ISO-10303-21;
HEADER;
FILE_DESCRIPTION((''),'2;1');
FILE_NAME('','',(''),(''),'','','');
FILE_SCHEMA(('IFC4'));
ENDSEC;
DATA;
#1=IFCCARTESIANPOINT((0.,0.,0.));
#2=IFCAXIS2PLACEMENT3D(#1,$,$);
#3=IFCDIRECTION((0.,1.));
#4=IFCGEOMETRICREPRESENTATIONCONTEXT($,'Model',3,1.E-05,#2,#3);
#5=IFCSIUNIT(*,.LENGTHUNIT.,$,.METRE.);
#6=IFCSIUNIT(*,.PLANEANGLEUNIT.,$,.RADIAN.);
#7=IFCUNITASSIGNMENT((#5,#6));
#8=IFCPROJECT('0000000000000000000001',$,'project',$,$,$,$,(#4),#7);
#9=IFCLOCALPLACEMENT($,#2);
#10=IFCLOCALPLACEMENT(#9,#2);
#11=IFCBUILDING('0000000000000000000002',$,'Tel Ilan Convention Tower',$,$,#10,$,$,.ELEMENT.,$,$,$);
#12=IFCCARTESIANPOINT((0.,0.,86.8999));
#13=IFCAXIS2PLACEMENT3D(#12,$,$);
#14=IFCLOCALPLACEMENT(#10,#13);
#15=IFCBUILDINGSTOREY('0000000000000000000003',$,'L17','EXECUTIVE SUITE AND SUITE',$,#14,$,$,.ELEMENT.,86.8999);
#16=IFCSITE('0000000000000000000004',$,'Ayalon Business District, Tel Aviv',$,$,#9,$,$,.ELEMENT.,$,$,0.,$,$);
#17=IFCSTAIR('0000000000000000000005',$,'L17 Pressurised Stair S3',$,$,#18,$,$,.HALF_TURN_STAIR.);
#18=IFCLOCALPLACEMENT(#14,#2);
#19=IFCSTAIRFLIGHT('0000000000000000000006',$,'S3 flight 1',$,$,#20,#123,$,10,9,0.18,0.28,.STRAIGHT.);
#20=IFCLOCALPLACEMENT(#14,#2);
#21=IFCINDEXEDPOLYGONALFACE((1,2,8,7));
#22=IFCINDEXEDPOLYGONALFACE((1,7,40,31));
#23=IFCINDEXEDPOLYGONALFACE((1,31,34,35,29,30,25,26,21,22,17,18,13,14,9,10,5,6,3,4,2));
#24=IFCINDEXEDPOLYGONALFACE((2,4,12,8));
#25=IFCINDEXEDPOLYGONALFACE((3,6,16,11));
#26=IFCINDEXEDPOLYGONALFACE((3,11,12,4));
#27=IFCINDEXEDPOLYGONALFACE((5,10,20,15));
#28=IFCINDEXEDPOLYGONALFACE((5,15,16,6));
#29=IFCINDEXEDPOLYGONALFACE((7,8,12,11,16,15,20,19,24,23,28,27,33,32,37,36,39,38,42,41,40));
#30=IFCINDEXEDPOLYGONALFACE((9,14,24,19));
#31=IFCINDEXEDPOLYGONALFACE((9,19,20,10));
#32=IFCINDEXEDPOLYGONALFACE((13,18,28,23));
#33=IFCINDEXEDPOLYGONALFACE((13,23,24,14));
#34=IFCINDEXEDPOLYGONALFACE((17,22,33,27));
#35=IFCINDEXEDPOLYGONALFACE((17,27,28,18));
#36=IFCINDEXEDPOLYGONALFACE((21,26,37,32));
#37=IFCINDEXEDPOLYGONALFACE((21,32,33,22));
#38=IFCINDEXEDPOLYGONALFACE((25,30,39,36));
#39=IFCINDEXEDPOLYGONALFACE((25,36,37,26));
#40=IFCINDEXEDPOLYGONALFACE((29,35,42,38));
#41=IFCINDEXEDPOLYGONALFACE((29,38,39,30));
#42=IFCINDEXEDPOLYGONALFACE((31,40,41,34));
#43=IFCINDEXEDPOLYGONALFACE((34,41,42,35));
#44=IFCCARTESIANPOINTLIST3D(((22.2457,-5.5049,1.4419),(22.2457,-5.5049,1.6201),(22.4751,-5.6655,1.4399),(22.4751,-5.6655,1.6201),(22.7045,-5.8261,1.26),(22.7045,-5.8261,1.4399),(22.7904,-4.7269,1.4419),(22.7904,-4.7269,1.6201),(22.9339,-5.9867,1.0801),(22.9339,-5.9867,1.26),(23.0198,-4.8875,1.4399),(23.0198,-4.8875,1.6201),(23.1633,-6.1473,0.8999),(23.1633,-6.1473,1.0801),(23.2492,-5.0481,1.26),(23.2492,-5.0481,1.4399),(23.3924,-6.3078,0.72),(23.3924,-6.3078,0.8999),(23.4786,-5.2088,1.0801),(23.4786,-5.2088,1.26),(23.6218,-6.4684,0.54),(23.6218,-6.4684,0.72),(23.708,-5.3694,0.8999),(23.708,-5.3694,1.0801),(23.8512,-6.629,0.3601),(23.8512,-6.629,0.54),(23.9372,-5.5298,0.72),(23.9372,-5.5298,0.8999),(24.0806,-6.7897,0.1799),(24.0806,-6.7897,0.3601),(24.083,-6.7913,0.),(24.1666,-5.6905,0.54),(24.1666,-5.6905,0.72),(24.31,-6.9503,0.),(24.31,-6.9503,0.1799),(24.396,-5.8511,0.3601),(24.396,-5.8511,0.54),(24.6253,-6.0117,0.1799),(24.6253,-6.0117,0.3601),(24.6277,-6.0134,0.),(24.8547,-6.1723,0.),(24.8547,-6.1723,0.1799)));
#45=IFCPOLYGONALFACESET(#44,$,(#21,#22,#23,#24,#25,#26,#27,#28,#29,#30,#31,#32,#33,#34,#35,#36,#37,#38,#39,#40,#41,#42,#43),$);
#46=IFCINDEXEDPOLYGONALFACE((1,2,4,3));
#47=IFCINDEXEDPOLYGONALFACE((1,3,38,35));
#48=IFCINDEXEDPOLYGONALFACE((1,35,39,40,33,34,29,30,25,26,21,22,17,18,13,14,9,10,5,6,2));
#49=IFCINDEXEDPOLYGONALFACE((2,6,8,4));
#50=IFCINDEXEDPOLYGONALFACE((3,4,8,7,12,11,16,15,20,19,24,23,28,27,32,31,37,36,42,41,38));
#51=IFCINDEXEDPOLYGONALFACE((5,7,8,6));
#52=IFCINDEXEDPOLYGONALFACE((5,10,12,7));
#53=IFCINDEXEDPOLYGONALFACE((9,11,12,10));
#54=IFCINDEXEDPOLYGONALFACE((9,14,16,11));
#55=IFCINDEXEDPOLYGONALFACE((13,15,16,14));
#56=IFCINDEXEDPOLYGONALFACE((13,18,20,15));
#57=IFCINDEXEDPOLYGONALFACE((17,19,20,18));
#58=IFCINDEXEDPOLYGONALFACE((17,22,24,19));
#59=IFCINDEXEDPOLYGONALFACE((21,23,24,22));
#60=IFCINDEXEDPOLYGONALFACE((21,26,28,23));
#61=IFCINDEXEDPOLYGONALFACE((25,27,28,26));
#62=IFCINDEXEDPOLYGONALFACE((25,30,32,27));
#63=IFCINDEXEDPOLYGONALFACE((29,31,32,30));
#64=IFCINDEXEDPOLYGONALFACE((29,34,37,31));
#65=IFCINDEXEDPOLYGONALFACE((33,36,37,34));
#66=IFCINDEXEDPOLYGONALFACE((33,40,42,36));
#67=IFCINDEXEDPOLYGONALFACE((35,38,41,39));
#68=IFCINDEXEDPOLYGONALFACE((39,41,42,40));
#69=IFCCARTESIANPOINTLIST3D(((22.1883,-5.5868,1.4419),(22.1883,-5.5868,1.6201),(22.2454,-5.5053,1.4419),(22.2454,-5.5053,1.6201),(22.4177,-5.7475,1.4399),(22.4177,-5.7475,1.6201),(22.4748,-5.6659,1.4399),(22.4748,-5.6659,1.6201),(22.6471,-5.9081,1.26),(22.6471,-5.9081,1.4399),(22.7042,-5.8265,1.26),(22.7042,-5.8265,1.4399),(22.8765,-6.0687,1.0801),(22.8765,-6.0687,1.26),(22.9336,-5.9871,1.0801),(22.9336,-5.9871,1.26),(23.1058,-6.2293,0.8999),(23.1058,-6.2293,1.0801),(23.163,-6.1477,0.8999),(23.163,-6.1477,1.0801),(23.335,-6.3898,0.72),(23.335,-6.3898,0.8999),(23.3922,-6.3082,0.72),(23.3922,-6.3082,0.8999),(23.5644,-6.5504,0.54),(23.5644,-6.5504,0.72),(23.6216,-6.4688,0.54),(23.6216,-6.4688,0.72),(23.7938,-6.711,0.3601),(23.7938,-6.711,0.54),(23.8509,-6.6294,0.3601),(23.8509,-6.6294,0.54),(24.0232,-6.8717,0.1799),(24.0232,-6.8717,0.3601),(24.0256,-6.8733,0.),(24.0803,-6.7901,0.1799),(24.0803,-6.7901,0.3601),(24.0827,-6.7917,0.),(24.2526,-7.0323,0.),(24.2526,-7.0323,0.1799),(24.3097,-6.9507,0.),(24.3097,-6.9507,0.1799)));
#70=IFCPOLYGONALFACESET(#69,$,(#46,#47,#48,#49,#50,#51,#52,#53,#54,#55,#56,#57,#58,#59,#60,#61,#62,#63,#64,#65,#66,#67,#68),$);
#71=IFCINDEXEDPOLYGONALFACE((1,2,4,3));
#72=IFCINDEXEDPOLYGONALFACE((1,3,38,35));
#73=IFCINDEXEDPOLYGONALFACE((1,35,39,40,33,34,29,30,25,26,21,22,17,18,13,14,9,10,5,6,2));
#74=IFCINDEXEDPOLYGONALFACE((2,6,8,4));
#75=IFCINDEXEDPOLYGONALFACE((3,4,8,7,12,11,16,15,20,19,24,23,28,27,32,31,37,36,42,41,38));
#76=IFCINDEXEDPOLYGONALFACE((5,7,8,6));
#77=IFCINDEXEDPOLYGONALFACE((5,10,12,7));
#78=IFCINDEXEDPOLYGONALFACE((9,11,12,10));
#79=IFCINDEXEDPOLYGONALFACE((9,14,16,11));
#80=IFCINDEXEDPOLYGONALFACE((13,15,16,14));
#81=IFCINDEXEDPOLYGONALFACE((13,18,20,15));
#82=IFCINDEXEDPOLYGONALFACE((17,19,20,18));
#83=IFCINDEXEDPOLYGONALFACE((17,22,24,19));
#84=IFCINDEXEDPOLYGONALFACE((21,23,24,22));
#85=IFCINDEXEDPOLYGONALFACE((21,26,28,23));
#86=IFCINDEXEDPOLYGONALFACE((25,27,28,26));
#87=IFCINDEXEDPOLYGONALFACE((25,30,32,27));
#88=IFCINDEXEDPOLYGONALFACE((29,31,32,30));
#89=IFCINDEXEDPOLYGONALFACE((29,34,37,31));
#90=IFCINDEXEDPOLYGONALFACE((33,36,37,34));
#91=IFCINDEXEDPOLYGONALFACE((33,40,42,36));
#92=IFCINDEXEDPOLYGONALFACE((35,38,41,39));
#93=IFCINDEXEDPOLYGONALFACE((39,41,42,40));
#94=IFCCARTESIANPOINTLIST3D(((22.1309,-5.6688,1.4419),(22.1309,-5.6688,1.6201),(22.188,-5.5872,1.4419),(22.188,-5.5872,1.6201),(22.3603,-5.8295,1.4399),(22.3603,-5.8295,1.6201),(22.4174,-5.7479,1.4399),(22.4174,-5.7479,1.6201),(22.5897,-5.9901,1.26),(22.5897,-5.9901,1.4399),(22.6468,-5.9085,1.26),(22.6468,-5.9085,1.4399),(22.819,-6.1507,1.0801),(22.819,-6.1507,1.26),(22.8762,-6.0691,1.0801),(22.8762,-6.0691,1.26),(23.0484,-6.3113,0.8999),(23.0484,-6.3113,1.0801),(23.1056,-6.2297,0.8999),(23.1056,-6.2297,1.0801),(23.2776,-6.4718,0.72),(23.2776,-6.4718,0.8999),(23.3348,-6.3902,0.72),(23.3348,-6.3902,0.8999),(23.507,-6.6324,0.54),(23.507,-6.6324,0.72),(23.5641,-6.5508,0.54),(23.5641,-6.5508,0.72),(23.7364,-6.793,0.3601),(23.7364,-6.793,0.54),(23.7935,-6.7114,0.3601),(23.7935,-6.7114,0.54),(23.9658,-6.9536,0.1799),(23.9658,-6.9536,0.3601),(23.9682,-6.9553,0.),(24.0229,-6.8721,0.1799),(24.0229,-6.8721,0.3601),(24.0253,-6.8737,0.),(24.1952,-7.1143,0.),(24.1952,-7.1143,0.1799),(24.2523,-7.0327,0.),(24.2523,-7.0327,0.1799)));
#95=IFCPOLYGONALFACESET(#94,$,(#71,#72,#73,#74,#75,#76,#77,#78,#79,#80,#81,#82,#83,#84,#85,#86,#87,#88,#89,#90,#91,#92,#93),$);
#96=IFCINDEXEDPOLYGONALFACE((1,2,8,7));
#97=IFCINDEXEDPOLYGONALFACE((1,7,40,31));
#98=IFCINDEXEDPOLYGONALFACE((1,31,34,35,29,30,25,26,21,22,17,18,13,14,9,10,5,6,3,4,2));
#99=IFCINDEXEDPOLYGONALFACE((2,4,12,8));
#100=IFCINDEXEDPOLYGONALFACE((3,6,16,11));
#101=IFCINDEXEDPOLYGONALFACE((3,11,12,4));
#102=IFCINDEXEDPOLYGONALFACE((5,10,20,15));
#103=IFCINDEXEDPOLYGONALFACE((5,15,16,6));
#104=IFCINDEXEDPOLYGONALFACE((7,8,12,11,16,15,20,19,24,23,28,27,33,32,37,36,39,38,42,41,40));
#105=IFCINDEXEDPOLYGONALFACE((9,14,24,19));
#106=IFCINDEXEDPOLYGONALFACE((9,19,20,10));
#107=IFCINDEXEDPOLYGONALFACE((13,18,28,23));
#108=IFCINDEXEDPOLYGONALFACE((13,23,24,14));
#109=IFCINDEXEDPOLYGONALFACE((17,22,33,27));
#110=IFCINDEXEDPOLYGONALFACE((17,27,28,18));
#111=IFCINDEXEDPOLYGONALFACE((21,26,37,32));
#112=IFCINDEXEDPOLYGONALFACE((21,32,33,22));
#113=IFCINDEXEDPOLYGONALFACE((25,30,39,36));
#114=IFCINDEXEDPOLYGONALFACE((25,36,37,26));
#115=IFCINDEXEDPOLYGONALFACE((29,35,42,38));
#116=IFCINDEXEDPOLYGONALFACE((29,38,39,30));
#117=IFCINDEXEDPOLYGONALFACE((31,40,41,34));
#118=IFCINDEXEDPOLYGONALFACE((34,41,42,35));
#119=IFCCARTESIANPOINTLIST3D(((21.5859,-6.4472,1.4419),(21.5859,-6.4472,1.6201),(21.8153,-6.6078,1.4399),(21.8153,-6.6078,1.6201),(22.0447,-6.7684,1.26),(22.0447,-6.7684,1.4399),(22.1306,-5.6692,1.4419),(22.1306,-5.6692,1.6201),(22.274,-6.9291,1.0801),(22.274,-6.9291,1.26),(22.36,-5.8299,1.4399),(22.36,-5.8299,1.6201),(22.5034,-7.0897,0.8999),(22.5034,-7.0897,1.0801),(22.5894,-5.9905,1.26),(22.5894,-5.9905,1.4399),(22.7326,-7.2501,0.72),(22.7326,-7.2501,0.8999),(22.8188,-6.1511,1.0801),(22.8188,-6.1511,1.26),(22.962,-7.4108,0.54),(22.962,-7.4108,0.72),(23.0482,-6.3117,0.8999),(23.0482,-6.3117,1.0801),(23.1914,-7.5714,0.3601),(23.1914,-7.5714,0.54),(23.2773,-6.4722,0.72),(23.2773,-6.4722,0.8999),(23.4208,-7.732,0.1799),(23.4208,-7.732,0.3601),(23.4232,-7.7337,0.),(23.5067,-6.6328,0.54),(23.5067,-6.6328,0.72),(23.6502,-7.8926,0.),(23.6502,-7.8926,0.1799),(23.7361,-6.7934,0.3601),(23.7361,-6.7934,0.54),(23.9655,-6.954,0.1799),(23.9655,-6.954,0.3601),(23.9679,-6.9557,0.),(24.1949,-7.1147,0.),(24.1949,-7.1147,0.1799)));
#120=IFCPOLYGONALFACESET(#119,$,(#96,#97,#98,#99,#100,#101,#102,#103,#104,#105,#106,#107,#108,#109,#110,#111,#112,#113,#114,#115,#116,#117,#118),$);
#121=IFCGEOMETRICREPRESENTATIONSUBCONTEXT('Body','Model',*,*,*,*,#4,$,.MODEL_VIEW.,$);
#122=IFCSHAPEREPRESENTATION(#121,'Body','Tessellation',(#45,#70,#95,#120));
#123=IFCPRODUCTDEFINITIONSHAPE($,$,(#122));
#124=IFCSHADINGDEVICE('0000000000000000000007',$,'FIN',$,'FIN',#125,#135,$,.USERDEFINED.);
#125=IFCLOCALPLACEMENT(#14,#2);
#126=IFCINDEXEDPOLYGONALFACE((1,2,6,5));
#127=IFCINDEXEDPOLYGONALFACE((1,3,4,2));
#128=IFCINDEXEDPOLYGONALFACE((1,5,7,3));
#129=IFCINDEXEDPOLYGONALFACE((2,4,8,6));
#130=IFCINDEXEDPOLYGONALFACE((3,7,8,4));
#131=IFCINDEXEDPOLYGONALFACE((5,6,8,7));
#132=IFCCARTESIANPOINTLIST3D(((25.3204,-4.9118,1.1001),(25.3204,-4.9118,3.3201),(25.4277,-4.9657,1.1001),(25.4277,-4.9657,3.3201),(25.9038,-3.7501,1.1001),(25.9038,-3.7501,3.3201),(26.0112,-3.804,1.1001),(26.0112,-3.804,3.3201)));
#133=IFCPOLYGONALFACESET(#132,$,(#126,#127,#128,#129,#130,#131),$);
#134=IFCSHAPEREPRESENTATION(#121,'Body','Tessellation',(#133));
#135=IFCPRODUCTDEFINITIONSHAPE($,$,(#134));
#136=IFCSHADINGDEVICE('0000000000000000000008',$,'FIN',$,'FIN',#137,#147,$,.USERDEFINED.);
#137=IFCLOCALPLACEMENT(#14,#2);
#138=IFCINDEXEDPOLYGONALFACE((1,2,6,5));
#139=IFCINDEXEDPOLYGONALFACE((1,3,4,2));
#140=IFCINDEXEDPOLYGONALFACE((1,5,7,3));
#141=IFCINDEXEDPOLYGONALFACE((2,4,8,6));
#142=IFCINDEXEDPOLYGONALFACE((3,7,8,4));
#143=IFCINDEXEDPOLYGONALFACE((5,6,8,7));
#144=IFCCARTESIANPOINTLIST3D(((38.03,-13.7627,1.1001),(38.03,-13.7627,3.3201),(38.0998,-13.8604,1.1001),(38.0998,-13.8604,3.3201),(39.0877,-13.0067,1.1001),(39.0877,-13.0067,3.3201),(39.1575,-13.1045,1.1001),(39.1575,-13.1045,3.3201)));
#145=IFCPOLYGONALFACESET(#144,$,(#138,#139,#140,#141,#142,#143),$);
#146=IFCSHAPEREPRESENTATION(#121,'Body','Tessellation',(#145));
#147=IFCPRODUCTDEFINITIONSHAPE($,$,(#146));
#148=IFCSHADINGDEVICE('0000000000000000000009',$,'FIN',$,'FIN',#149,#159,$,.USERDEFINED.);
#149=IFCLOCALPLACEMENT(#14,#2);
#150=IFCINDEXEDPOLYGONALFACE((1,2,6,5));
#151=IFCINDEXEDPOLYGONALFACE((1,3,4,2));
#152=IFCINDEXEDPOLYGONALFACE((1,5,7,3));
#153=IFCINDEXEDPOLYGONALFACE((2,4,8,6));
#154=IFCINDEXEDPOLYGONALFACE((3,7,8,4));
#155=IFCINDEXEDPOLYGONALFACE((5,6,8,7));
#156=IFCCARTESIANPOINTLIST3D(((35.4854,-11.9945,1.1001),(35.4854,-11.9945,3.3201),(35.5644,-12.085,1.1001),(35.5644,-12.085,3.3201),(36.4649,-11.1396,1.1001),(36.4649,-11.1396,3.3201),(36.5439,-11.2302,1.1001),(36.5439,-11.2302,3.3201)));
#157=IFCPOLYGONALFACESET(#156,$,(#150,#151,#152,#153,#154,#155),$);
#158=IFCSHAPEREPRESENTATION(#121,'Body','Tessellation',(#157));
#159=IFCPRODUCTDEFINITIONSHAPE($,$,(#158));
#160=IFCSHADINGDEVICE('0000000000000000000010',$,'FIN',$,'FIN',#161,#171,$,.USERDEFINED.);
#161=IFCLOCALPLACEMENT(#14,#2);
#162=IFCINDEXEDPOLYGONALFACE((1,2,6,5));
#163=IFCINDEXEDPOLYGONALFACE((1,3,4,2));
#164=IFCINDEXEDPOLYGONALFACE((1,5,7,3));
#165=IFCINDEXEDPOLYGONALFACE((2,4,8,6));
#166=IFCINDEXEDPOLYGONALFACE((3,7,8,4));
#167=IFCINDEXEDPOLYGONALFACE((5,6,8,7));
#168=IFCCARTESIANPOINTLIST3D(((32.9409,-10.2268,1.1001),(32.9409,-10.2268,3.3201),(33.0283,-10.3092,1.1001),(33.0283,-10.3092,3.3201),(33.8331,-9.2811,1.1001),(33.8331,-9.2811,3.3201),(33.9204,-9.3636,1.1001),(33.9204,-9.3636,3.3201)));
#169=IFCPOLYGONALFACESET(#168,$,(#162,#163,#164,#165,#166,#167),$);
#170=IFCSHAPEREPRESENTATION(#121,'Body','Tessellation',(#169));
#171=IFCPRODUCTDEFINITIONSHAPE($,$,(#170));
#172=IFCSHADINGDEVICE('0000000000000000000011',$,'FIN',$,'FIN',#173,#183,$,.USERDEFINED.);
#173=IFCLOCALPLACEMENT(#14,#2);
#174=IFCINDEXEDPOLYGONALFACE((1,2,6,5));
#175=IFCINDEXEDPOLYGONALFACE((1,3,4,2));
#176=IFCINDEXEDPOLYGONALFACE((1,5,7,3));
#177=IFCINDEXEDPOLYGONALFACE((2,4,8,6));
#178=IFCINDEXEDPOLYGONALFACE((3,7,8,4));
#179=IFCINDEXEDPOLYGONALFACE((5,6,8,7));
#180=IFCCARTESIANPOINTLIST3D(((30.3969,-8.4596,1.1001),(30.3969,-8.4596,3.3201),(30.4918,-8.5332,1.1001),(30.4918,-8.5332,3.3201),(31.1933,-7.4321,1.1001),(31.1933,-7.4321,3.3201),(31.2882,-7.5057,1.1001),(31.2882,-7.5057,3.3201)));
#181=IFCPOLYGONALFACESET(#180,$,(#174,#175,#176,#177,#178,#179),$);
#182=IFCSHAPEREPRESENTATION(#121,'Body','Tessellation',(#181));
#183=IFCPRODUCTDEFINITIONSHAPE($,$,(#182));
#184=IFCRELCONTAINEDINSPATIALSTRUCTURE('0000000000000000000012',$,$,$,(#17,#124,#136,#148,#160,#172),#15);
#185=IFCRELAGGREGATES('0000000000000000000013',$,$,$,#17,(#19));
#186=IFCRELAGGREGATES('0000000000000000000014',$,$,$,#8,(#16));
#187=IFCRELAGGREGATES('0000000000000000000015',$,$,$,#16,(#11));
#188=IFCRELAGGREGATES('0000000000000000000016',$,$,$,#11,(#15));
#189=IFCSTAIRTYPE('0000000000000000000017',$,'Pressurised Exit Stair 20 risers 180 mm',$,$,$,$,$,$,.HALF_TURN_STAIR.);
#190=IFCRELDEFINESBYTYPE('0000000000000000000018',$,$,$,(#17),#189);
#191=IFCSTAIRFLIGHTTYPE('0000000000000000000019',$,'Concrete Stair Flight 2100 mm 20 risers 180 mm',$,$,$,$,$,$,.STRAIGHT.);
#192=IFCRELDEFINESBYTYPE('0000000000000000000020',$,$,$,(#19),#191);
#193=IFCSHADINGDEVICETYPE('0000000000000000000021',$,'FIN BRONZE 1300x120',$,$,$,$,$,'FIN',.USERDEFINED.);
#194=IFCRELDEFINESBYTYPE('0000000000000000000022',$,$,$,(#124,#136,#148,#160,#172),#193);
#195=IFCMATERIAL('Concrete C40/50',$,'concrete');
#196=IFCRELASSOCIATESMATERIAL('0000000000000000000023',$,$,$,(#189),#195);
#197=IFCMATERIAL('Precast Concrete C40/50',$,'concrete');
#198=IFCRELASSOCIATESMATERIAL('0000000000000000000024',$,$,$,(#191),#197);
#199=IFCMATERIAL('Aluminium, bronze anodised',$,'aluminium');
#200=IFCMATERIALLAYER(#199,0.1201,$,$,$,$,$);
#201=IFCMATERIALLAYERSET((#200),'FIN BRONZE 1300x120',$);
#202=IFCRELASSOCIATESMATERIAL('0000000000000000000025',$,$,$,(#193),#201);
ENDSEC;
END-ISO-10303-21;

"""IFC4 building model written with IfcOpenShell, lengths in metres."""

from ifc_helpers import new_model, si_unit, direction, frame, origin, origin_2d, place, context, subcontext, project, spatial, polyline, rectangle, outline, extrude, material, layer, layer_set, type_object, element, aggregate, save


model = new_model("IFC4")

# Units and contexts
model_context = context("Model", 3, precision=1e-05, world=origin(), true_north=direction((0.0, 1.0)))
body_context = subcontext(model_context, "Body", "Model", "MODEL_VIEW")
ifc_project = project(units=[si_unit("LENGTHUNIT", "METRE"), si_unit("PLANEANGLEUNIT", "RADIAN")], contexts=[model_context])

# Site, building, storey
site_placement = place(None, origin())
site = spatial("IfcSite", under=ifc_project, at=site_placement, Name="Ayalon Business District, Tel Aviv", CompositionType="ELEMENT", RefElevation=0.0)
building_placement = place(site_placement, origin())
building = spatial("IfcBuilding", under=site, at=building_placement, Name="Tel Ilan Convention Tower", CompositionType="ELEMENT")
storey_placement = place(building_placement, frame((0.0, 0.0, 86.8999)))
storey = spatial("IfcBuildingStorey", under=building, at=storey_placement, Name="L17", Description="EXECUTIVE SUITE AND SUITE", CompositionType="ELEMENT", Elevation=86.8999)

# Stair, stair flight
ifc_material_1 = material(Name="Concrete C40/50", Category="concrete")
stair_type = type_object("IfcStairType", Name="Pressurised Exit Stair 20 risers 180 mm", PredefinedType="HALF_TURN_STAIR", material=ifc_material_1)
stair_placement = place(storey_placement, origin())
stair = element("IfcStair", 1, at=stair_placement, inside=storey, type_object=stair_type, Name="L17 Pressurised Stair S3", PredefinedType="HALF_TURN_STAIR")
ifc_material_2 = material(Name="Precast Concrete C40/50", Category="concrete")
stair_flight_type = type_object("IfcStairFlightType", Name="Concrete Stair Flight 2100 mm 20 risers 180 mm", PredefinedType="STRAIGHT", material=ifc_material_2)
stair_flight_placement = place(storey_placement, frame((24.2524, -7.0325, 0.0), z_axis=(0.0, 0.0, 1.0), x_axis=(-0.819152, 0.573576, 0.0)))
stair_flight = element("IfcStairFlight", 2, at=stair_flight_placement, type_object=stair_flight_type, Name="S3 flight 1", NumberOfRisers=10, NumberOfTreads=9, PredefinedType="STRAIGHT", RiserHeight=0.18, TreadLength=0.28, context=body_context, shape_type="SweptSolid", body=[
    extrude(outline(polyline([(0.0, 0.0), (0.0, 0.1799), (0.28, 0.1799), (0.28, 0.3601), (0.5601, 0.3601), (0.5601, 0.54), (0.8401, 0.54), (0.8401, 0.72), (1.1201, 0.72), (1.1201, 0.8999), (1.3999, 0.8999), (1.3999, 1.0801), (1.6799, 1.0801), (1.6799, 1.26), (1.96, 1.26), (1.96, 1.4399), (2.24, 1.4399), (2.24, 1.6201), (2.52, 1.6201), (2.52, 1.8), (2.52, 1.4419), (0.2771, 0.0), (0.0, 0.0)])), frame((0.0, -0.1003, 0.0), z_axis=(0.0, -1.0, 0.0), x_axis=(1.0, 0.0, 0.0)), (0.0, 0.0, 1.0), 0.9497),
    extrude(outline(polyline([(0.0, 0.0), (0.0, 0.1799), (0.28, 0.1799), (0.28, 0.3601), (0.5601, 0.3601), (0.5601, 0.54), (0.8401, 0.54), (0.8401, 0.72), (1.1201, 0.72), (1.1201, 0.8999), (1.3999, 0.8999), (1.3999, 1.0801), (1.6799, 1.0801), (1.6799, 1.26), (1.96, 1.26), (1.96, 1.4399), (2.24, 1.4399), (2.24, 1.6201), (2.52, 1.6201), (2.52, 1.8), (2.52, 1.4419), (0.2771, 0.0), (0.0, 0.0)])), frame((0.0, -0.0002, 0.0), z_axis=(0.0, -1.0, 0.0), x_axis=(1.0, 0.0, 0.0)), (0.0, 0.0, 1.0), 0.0996),
    extrude(outline(polyline([(0.0, 0.0), (0.0, 0.1799), (0.28, 0.1799), (0.28, 0.3601), (0.5601, 0.3601), (0.5601, 0.54), (0.8401, 0.54), (0.8401, 0.72), (1.1201, 0.72), (1.1201, 0.8999), (1.3999, 0.8999), (1.3999, 1.0801), (1.6799, 1.0801), (1.6799, 1.26), (1.96, 1.26), (1.96, 1.4399), (2.24, 1.4399), (2.24, 1.6201), (2.52, 1.6201), (2.52, 1.8), (2.52, 1.4419), (0.2771, 0.0), (0.0, 0.0)])), frame((0.0, 0.0999, 0.0), z_axis=(0.0, -1.0, 0.0), x_axis=(1.0, 0.0, 0.0)), (0.0, 0.0, 1.0), 0.0996),
    extrude(outline(polyline([(0.0, 0.0), (0.0, 0.1799), (0.28, 0.1799), (0.28, 0.3601), (0.5601, 0.3601), (0.5601, 0.54), (0.8401, 0.54), (0.8401, 0.72), (1.1201, 0.72), (1.1201, 0.8999), (1.3999, 0.8999), (1.3999, 1.0801), (1.6799, 1.0801), (1.6799, 1.26), (1.96, 1.26), (1.96, 1.4399), (2.24, 1.4399), (2.24, 1.6201), (2.52, 1.6201), (2.52, 1.8), (2.52, 1.4419), (0.2771, 0.0), (0.0, 0.0)])), frame((0.0, 1.05, 0.0), z_axis=(0.0, -1.0, 0.0), x_axis=(1.0, 0.0, 0.0)), (0.0, 0.0, 1.0), 0.9497),
])
aggregate(stair, [stair_flight])

# Shading devices
ifc_material_3 = material(Name="Aluminium, bronze anodised", Category="aluminium")
ifc_layer_1 = layer(ifc_material_3, 0.1201)
ifc_layer_set_1 = layer_set([ifc_layer_1], Name="FIN BRONZE 1300x120")
shading_device_type = type_object("IfcShadingDeviceType", Name="FIN BRONZE 1300x120", ElementType="FIN", PredefinedType="USERDEFINED", material=ifc_layer_set_1)
for number, where, z_axis, x_axis, name in (
    (3, (25.6658, -4.3579, 1.1001), (0.0, 0.0, 1.0), (0.448799, 0.893633, 0.0), "FIN"),
    (4, (38.5938, -13.4336, 1.1001), (0.0, 0.0, 1.0), (0.813552, 0.581492, 0.0), "FIN"),
    (5, (36.0146, -11.6123, 1.1001), (0.0, 0.0, 1.0), (0.753436, 0.657521, 0.0), "FIN"),
    (6, (33.4307, -9.7952, 1.1001), (0.0, 0.0, 1.0), (0.686242, 0.727374, 0.0), "FIN"),
    (7, (30.8425, -7.9827, 1.1001), (0.0, 0.0, 1.0), (0.612601, 0.790393, 0.0), "FIN"),
):
    element("IfcShadingDevice", number, at=place(storey_placement, frame(where, z_axis=z_axis, x_axis=x_axis)), inside=storey, type_object=shading_device_type, Name=name, ObjectType="FIN", PredefinedType="USERDEFINED", context=body_context, shape_type="SweptSolid", body=[
        extrude(rectangle(XDim=1.3, YDim=0.1201, at=origin_2d()), origin(), (0.0, 0.0, 1.0), 2.22),
    ])

save(model, "model.ifc")
